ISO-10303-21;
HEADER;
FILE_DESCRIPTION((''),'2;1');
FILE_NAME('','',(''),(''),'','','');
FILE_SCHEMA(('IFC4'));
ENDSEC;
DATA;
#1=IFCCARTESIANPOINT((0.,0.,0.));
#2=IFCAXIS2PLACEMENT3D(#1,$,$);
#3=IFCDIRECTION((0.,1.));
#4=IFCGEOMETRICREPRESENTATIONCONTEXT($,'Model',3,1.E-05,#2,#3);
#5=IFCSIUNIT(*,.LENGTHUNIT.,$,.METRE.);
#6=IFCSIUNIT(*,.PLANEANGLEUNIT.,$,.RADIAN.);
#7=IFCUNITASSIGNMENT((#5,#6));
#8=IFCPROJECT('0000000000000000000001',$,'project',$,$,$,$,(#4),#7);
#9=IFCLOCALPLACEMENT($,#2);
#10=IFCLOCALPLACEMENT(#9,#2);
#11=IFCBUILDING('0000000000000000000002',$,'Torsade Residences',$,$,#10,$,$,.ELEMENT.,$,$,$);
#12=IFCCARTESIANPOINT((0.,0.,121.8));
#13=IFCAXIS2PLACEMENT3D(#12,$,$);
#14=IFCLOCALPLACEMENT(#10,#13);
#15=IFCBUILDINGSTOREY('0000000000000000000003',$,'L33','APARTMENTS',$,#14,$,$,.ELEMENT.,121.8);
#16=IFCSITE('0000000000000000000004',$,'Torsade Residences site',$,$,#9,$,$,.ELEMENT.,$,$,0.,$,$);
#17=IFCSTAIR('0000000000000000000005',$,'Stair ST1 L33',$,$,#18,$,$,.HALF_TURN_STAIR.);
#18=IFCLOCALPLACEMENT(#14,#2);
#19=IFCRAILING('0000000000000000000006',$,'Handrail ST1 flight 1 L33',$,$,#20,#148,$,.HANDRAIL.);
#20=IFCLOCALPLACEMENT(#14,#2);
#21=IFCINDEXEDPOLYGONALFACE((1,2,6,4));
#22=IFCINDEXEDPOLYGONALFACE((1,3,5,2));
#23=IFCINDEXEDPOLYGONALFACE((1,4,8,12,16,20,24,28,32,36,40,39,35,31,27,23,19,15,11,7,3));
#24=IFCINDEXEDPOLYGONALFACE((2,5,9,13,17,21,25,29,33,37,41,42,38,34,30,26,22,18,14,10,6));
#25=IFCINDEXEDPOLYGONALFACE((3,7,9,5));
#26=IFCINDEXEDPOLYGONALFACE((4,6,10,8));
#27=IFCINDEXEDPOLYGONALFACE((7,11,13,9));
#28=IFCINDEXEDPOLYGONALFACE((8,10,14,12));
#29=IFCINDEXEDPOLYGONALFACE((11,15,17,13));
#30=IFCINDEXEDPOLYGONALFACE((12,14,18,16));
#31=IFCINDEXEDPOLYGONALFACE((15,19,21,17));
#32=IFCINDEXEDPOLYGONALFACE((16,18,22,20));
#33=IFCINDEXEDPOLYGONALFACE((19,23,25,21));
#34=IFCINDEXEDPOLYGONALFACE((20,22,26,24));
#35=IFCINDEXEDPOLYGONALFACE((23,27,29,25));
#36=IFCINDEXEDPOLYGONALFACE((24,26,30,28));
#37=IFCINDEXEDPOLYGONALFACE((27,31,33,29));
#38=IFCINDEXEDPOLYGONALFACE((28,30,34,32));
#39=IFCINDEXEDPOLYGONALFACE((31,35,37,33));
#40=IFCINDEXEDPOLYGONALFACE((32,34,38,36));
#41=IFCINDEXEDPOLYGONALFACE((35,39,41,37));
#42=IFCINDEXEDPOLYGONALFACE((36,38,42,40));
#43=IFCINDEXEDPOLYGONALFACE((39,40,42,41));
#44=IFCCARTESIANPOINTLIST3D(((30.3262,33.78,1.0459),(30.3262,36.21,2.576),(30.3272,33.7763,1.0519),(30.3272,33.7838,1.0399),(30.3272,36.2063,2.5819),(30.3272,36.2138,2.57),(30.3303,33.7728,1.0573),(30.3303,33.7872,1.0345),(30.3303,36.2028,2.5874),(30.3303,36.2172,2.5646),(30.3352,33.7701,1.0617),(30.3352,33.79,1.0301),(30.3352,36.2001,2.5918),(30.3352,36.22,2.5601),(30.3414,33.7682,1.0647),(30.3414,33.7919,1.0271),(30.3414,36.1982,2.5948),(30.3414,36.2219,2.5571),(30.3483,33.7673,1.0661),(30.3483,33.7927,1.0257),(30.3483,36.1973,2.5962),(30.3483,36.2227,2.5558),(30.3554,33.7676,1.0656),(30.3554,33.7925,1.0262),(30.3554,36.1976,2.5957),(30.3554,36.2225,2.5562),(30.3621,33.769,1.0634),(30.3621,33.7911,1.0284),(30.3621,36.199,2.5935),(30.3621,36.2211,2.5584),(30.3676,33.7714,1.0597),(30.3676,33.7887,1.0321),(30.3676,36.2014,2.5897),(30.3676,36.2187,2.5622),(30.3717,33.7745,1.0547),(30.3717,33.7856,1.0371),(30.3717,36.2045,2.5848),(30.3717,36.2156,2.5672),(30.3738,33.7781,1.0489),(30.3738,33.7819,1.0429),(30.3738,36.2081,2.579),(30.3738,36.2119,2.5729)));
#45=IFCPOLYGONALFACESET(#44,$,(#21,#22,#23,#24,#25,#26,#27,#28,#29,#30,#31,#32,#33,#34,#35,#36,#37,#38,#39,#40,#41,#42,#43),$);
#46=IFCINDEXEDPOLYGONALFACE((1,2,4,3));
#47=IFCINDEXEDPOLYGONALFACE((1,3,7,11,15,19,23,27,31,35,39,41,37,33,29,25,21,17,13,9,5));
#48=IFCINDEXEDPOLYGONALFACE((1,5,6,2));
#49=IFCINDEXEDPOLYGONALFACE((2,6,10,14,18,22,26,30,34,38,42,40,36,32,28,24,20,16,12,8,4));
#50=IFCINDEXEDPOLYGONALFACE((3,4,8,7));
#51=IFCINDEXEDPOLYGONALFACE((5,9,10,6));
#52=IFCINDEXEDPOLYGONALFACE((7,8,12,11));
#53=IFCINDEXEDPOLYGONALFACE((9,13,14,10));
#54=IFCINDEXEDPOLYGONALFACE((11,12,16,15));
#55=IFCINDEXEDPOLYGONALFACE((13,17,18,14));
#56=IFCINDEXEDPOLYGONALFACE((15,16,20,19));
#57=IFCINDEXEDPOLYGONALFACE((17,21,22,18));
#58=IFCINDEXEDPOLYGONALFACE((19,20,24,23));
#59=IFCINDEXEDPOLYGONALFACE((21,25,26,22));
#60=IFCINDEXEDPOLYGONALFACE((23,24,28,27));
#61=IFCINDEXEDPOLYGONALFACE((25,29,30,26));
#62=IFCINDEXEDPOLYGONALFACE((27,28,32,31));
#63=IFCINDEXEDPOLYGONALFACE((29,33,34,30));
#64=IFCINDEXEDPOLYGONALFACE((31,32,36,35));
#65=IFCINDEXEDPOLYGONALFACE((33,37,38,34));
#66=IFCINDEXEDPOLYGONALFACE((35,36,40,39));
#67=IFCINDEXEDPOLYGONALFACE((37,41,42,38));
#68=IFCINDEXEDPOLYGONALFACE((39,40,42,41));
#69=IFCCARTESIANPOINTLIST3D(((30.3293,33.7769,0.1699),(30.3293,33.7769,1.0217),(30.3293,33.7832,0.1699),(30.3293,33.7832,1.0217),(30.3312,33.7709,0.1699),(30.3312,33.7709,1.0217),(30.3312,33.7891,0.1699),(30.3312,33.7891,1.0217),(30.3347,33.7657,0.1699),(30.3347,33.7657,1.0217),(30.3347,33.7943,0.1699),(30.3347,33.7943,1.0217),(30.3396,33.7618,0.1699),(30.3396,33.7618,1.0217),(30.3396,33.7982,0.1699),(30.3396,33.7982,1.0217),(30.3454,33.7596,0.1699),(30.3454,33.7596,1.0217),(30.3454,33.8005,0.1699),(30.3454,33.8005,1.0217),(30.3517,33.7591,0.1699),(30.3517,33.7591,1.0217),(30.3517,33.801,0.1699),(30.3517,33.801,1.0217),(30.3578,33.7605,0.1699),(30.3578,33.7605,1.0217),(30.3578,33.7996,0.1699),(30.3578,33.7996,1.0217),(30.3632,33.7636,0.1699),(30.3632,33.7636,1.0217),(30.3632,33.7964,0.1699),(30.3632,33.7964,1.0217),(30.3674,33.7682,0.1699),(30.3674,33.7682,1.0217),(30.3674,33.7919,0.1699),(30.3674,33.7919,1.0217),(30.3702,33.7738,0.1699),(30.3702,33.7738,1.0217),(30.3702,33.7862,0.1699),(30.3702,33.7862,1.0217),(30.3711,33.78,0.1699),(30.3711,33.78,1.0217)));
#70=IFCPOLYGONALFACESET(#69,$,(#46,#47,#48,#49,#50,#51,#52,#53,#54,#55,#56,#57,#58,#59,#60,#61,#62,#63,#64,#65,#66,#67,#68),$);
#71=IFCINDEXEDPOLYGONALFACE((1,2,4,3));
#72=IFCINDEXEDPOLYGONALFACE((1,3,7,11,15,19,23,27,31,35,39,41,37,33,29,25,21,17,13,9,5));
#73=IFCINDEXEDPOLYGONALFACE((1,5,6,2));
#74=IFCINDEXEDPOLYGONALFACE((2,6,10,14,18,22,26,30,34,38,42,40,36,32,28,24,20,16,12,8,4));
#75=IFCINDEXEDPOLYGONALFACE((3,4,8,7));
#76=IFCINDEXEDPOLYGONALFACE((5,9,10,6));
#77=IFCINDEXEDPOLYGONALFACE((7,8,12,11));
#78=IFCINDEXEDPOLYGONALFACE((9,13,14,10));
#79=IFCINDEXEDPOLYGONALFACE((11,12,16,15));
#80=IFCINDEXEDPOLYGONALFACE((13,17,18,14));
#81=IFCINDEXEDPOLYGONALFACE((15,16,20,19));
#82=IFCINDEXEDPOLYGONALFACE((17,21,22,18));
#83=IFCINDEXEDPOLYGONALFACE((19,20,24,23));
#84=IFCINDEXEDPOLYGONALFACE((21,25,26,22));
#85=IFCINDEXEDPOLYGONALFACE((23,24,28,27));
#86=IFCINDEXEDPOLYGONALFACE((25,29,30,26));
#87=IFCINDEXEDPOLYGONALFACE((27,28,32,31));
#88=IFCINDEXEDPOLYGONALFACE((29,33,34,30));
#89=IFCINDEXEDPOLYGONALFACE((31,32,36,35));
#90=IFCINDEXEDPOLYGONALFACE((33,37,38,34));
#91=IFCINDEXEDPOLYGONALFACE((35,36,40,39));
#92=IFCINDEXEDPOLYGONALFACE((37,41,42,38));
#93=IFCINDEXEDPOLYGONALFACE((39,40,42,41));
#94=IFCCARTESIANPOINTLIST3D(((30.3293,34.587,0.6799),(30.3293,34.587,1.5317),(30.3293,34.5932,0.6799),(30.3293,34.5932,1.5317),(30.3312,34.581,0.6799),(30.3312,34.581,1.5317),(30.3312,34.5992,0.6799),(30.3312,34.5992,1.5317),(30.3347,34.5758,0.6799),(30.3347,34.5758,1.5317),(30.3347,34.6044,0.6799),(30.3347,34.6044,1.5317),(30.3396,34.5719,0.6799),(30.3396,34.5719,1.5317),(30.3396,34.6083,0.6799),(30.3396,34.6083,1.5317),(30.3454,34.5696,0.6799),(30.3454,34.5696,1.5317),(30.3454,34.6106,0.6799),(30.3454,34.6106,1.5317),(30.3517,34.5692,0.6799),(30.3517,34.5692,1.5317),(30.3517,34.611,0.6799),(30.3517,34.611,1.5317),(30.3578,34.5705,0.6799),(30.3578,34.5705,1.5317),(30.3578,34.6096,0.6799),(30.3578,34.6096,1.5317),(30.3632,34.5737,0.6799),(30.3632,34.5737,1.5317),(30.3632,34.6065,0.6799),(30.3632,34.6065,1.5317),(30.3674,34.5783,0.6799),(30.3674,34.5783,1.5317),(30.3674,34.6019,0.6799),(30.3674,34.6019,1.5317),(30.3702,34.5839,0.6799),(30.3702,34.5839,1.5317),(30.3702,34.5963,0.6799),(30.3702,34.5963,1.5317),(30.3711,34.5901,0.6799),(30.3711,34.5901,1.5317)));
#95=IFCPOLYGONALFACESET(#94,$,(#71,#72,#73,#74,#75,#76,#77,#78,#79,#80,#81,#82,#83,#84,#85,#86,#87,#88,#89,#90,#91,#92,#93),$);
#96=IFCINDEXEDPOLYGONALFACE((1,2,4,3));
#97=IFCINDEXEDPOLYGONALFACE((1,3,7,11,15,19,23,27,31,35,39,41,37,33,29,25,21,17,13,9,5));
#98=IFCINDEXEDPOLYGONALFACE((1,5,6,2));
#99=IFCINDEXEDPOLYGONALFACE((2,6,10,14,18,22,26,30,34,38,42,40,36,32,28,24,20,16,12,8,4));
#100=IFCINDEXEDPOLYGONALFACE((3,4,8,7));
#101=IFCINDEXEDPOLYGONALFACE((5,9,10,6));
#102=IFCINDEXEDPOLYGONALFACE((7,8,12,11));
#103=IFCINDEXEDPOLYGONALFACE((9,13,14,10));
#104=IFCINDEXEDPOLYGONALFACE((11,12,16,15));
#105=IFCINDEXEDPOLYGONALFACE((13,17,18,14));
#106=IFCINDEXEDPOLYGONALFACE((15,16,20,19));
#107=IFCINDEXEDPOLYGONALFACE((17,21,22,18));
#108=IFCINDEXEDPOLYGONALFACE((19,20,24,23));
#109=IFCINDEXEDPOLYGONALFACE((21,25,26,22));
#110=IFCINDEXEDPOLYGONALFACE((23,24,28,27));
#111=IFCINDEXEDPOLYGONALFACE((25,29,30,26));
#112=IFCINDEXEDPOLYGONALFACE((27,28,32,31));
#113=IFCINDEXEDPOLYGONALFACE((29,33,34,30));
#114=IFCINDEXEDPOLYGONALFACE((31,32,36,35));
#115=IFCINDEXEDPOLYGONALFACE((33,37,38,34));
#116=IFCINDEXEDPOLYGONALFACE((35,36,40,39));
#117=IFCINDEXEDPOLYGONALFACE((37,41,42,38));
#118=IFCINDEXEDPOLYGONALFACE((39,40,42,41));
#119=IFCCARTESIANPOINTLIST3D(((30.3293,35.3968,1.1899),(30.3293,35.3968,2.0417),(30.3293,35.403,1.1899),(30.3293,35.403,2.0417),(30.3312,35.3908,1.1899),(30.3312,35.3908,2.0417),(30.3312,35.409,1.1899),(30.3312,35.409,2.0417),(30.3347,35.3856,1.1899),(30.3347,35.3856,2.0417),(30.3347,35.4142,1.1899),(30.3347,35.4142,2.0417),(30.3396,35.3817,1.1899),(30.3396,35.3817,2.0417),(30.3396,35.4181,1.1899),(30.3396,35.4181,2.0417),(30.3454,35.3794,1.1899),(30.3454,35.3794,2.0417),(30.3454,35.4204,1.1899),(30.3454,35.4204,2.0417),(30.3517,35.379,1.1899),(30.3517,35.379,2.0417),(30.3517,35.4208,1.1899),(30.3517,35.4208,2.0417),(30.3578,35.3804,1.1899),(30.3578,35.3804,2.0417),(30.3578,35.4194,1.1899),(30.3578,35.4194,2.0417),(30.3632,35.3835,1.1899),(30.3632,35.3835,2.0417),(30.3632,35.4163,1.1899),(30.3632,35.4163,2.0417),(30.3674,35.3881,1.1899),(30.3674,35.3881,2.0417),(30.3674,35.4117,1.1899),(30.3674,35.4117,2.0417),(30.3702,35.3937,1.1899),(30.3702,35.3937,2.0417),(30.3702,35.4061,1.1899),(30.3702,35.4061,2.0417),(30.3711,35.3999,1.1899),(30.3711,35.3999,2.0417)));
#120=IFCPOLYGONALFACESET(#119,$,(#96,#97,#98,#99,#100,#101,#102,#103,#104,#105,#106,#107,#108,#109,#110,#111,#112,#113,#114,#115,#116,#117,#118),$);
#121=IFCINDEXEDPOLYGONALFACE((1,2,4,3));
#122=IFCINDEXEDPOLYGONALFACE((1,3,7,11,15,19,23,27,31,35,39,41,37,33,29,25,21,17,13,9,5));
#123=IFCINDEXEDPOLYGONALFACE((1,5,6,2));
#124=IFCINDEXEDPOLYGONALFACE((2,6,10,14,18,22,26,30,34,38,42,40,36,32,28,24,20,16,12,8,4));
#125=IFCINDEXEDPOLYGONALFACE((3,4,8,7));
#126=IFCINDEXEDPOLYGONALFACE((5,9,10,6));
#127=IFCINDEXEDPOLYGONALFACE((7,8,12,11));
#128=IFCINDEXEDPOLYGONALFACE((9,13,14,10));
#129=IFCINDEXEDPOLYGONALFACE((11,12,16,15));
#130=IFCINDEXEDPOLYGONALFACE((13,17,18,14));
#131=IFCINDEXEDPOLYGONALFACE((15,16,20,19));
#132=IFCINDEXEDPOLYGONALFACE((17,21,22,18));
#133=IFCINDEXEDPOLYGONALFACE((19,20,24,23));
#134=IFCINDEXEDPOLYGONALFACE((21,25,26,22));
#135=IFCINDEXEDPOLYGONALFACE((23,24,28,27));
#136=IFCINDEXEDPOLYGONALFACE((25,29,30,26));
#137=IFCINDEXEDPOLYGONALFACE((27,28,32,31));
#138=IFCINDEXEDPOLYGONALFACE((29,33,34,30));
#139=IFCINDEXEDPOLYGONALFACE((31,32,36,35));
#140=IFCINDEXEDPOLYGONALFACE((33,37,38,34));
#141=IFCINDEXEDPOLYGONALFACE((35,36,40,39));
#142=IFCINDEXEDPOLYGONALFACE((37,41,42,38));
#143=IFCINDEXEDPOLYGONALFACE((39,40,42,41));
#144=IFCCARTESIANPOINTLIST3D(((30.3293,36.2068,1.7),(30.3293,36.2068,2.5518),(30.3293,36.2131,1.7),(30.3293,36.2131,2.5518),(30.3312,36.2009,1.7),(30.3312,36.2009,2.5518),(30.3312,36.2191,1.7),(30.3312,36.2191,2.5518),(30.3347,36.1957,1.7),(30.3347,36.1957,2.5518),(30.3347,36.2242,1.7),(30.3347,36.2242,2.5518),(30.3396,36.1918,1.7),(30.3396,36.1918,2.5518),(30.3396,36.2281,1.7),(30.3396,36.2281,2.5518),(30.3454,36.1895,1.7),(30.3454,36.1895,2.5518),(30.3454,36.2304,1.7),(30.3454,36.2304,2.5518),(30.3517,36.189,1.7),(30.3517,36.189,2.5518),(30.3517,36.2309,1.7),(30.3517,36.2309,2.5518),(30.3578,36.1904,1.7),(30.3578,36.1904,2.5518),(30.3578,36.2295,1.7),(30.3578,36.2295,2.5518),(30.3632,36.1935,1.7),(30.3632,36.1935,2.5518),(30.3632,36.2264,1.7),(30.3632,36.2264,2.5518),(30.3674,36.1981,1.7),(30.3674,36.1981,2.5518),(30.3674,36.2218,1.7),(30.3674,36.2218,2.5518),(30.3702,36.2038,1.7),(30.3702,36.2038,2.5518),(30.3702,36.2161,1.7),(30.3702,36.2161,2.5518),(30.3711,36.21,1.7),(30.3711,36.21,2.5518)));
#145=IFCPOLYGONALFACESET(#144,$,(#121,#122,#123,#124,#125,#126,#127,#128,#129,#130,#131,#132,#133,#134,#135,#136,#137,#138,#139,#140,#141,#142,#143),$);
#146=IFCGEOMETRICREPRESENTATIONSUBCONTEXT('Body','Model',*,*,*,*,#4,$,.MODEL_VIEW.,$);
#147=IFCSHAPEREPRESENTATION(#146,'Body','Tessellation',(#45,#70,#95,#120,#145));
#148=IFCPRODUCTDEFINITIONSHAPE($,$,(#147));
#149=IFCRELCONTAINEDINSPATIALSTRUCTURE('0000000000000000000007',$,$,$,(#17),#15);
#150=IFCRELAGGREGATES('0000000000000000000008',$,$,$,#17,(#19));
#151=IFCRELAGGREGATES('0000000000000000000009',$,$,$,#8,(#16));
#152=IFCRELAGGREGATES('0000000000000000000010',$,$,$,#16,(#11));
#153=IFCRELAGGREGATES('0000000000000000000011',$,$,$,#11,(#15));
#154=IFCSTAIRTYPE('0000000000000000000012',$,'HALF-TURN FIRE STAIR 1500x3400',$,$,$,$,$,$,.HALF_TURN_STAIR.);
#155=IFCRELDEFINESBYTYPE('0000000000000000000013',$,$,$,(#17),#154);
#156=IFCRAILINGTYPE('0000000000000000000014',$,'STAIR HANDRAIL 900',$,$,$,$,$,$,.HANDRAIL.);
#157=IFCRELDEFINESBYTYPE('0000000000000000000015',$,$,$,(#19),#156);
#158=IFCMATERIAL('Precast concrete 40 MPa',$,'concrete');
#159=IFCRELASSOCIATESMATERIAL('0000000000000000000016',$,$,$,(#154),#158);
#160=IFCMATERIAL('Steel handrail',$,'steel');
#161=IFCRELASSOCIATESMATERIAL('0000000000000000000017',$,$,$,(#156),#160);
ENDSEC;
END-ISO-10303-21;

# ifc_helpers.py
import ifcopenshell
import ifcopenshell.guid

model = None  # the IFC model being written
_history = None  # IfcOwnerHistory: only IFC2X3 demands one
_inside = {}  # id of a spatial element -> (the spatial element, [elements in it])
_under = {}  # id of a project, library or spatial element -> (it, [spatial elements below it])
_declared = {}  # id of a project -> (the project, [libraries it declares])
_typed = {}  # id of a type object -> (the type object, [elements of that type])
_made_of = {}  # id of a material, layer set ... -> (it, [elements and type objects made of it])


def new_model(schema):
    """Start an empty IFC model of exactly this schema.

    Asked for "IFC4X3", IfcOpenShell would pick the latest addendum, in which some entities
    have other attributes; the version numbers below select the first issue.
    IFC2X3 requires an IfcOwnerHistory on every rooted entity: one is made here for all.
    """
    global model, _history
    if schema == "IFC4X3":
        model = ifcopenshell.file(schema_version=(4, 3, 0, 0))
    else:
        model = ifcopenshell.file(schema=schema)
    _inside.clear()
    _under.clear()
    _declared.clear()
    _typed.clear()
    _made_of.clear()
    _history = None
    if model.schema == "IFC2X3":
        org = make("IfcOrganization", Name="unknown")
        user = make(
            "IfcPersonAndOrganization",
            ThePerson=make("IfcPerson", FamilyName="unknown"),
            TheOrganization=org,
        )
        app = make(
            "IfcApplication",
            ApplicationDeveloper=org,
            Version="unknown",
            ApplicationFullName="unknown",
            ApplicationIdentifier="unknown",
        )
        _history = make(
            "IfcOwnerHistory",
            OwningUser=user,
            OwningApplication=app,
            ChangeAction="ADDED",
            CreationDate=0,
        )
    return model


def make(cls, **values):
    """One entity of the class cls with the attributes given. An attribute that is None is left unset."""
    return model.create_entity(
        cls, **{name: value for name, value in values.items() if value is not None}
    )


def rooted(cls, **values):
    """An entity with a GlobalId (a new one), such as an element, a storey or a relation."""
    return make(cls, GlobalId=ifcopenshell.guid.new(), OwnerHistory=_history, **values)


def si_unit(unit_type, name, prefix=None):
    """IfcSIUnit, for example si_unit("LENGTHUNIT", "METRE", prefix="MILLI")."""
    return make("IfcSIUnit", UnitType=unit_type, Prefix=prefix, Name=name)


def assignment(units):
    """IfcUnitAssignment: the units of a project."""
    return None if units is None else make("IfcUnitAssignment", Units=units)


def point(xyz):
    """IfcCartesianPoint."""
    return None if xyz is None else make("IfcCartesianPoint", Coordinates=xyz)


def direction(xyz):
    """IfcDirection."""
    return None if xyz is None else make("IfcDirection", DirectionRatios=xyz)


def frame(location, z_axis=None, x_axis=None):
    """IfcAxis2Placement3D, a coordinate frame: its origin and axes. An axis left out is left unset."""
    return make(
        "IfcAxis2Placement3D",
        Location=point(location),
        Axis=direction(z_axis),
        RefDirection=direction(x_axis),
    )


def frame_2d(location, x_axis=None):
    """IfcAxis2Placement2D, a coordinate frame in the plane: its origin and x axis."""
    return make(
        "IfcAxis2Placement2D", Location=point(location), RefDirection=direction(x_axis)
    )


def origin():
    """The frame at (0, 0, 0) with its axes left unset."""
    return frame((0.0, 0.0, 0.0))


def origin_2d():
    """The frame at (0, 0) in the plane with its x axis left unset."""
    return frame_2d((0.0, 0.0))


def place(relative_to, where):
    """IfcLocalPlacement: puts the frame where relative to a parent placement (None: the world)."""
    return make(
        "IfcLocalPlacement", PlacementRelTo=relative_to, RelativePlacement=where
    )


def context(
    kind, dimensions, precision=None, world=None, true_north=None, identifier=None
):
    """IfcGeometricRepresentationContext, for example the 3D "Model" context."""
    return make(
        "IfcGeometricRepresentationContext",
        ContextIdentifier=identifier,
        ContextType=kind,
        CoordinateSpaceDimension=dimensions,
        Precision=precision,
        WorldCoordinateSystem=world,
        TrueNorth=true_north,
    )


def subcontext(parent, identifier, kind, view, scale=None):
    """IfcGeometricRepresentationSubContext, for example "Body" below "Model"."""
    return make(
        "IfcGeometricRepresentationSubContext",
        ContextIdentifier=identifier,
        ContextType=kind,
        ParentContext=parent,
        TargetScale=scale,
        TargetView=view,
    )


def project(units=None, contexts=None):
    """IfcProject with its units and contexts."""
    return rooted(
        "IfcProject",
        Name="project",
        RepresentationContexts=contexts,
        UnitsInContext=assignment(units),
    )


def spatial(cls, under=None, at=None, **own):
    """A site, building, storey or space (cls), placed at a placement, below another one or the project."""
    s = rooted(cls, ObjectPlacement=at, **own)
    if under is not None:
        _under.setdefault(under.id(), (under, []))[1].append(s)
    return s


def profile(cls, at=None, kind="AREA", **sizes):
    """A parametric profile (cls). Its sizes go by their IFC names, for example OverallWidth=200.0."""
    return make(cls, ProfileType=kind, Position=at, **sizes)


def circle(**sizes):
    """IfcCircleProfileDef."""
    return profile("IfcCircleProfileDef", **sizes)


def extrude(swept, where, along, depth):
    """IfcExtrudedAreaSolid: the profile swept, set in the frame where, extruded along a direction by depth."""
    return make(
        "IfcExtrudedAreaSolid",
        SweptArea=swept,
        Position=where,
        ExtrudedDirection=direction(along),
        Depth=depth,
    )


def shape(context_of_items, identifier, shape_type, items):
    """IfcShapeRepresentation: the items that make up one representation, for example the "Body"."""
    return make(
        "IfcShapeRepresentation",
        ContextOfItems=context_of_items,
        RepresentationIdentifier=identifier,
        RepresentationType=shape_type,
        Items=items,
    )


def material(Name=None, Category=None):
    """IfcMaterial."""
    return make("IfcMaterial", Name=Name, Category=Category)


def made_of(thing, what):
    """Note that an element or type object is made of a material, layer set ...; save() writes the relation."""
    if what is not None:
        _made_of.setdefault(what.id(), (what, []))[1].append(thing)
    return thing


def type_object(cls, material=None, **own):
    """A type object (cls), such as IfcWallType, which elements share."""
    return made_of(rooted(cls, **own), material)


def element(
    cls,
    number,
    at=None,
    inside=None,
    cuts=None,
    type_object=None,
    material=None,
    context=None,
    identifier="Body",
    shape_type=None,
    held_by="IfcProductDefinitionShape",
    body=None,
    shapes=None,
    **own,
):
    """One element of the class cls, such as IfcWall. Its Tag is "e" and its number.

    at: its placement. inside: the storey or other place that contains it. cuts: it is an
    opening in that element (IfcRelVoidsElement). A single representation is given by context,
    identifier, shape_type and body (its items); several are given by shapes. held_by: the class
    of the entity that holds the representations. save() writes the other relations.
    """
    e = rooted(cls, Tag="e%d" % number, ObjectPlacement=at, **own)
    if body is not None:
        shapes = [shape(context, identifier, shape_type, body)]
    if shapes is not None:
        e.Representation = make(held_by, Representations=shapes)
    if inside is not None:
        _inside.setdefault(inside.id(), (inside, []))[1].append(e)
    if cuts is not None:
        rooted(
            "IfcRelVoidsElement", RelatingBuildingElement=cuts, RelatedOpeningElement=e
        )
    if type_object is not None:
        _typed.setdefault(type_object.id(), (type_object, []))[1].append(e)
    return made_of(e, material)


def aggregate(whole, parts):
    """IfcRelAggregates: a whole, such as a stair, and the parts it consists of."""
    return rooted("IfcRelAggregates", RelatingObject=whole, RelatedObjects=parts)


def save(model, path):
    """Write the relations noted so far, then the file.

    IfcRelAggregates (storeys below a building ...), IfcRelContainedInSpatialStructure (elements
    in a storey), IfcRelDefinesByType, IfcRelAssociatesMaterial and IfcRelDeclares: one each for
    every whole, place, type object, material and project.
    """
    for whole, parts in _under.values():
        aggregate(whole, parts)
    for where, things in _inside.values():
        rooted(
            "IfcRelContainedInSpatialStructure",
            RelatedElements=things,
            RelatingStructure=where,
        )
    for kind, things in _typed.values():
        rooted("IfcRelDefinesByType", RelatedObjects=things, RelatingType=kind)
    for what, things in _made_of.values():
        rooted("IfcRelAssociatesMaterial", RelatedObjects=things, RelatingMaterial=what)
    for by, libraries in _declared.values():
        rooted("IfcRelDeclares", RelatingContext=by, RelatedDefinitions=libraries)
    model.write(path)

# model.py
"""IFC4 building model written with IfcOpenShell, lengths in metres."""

from ifc_helpers import new_model, si_unit, direction, frame, origin, origin_2d, place, context, subcontext, project, spatial, circle, extrude, material, type_object, element, aggregate, save


model = new_model("IFC4")

# Units and contexts
model_context = context("Model", 3, precision=1e-05, world=origin(), true_north=direction((0.0, 1.0)))
body_context = subcontext(model_context, "Body", "Model", "MODEL_VIEW")
ifc_project = project(units=[si_unit("LENGTHUNIT", "METRE"), si_unit("PLANEANGLEUNIT", "RADIAN")], contexts=[model_context])

# Site, building, storey
site_placement = place(None, origin())
site = spatial("IfcSite", under=ifc_project, at=site_placement, Name="Torsade Residences site", CompositionType="ELEMENT", RefElevation=0.0)
building_placement = place(site_placement, origin())
building = spatial("IfcBuilding", under=site, at=building_placement, Name="Torsade Residences", CompositionType="ELEMENT")
storey_placement = place(building_placement, frame((0.0, 0.0, 121.8)))
storey = spatial("IfcBuildingStorey", under=building, at=storey_placement, Name="L33", Description="APARTMENTS", CompositionType="ELEMENT", Elevation=121.8)

# Stair, railing
ifc_material_1 = material(Name="Precast concrete 40 MPa", Category="concrete")
stair_type = type_object("IfcStairType", Name="HALF-TURN FIRE STAIR 1500x3400", PredefinedType="HALF_TURN_STAIR", material=ifc_material_1)
stair_placement = place(storey_placement, origin())
stair = element("IfcStair", 1, at=stair_placement, inside=storey, type_object=stair_type, Name="Stair ST1 L33", PredefinedType="HALF_TURN_STAIR")
ifc_material_2 = material(Name="Steel handrail", Category="steel")
railing_type = type_object("IfcRailingType", Name="STAIR HANDRAIL 900", PredefinedType="HANDRAIL", material=ifc_material_2)
railing_placement = place(storey_placement, frame((30.3501, 33.78, 0.1699)))
railing = element("IfcRailing", 2, at=railing_placement, type_object=railing_type, Name="Handrail ST1 flight 1 L33", PredefinedType="HANDRAIL", context=body_context, shape_type="SweptSolid", body=[
    extrude(circle(Radius=0.0239, at=origin_2d()), frame((0.0, 0.0, 0.876), z_axis=(0.0, 0.846221, 0.532831), x_axis=(-1.0, 0.0, 0.0)), (0.0, 0.0, 1.0), 2.8716),
    extrude(circle(Radius=0.021, at=origin_2d()), origin(), (0.0, 0.0, 1.0), 0.8518),
    extrude(circle(Radius=0.021, at=origin_2d()), frame((0.0, 0.8101, 0.51)), (0.0, 0.0, 1.0), 0.8518),
    extrude(circle(Radius=0.021, at=origin_2d()), frame((0.0, 1.6199, 1.02)), (0.0, 0.0, 1.0), 0.8518),
    extrude(circle(Radius=0.021, at=origin_2d()), frame((0.0, 2.4299, 1.53)), (0.0, 0.0, 1.0), 0.8518),
])
aggregate(stair, [railing])

save(model, "model.ifc")
